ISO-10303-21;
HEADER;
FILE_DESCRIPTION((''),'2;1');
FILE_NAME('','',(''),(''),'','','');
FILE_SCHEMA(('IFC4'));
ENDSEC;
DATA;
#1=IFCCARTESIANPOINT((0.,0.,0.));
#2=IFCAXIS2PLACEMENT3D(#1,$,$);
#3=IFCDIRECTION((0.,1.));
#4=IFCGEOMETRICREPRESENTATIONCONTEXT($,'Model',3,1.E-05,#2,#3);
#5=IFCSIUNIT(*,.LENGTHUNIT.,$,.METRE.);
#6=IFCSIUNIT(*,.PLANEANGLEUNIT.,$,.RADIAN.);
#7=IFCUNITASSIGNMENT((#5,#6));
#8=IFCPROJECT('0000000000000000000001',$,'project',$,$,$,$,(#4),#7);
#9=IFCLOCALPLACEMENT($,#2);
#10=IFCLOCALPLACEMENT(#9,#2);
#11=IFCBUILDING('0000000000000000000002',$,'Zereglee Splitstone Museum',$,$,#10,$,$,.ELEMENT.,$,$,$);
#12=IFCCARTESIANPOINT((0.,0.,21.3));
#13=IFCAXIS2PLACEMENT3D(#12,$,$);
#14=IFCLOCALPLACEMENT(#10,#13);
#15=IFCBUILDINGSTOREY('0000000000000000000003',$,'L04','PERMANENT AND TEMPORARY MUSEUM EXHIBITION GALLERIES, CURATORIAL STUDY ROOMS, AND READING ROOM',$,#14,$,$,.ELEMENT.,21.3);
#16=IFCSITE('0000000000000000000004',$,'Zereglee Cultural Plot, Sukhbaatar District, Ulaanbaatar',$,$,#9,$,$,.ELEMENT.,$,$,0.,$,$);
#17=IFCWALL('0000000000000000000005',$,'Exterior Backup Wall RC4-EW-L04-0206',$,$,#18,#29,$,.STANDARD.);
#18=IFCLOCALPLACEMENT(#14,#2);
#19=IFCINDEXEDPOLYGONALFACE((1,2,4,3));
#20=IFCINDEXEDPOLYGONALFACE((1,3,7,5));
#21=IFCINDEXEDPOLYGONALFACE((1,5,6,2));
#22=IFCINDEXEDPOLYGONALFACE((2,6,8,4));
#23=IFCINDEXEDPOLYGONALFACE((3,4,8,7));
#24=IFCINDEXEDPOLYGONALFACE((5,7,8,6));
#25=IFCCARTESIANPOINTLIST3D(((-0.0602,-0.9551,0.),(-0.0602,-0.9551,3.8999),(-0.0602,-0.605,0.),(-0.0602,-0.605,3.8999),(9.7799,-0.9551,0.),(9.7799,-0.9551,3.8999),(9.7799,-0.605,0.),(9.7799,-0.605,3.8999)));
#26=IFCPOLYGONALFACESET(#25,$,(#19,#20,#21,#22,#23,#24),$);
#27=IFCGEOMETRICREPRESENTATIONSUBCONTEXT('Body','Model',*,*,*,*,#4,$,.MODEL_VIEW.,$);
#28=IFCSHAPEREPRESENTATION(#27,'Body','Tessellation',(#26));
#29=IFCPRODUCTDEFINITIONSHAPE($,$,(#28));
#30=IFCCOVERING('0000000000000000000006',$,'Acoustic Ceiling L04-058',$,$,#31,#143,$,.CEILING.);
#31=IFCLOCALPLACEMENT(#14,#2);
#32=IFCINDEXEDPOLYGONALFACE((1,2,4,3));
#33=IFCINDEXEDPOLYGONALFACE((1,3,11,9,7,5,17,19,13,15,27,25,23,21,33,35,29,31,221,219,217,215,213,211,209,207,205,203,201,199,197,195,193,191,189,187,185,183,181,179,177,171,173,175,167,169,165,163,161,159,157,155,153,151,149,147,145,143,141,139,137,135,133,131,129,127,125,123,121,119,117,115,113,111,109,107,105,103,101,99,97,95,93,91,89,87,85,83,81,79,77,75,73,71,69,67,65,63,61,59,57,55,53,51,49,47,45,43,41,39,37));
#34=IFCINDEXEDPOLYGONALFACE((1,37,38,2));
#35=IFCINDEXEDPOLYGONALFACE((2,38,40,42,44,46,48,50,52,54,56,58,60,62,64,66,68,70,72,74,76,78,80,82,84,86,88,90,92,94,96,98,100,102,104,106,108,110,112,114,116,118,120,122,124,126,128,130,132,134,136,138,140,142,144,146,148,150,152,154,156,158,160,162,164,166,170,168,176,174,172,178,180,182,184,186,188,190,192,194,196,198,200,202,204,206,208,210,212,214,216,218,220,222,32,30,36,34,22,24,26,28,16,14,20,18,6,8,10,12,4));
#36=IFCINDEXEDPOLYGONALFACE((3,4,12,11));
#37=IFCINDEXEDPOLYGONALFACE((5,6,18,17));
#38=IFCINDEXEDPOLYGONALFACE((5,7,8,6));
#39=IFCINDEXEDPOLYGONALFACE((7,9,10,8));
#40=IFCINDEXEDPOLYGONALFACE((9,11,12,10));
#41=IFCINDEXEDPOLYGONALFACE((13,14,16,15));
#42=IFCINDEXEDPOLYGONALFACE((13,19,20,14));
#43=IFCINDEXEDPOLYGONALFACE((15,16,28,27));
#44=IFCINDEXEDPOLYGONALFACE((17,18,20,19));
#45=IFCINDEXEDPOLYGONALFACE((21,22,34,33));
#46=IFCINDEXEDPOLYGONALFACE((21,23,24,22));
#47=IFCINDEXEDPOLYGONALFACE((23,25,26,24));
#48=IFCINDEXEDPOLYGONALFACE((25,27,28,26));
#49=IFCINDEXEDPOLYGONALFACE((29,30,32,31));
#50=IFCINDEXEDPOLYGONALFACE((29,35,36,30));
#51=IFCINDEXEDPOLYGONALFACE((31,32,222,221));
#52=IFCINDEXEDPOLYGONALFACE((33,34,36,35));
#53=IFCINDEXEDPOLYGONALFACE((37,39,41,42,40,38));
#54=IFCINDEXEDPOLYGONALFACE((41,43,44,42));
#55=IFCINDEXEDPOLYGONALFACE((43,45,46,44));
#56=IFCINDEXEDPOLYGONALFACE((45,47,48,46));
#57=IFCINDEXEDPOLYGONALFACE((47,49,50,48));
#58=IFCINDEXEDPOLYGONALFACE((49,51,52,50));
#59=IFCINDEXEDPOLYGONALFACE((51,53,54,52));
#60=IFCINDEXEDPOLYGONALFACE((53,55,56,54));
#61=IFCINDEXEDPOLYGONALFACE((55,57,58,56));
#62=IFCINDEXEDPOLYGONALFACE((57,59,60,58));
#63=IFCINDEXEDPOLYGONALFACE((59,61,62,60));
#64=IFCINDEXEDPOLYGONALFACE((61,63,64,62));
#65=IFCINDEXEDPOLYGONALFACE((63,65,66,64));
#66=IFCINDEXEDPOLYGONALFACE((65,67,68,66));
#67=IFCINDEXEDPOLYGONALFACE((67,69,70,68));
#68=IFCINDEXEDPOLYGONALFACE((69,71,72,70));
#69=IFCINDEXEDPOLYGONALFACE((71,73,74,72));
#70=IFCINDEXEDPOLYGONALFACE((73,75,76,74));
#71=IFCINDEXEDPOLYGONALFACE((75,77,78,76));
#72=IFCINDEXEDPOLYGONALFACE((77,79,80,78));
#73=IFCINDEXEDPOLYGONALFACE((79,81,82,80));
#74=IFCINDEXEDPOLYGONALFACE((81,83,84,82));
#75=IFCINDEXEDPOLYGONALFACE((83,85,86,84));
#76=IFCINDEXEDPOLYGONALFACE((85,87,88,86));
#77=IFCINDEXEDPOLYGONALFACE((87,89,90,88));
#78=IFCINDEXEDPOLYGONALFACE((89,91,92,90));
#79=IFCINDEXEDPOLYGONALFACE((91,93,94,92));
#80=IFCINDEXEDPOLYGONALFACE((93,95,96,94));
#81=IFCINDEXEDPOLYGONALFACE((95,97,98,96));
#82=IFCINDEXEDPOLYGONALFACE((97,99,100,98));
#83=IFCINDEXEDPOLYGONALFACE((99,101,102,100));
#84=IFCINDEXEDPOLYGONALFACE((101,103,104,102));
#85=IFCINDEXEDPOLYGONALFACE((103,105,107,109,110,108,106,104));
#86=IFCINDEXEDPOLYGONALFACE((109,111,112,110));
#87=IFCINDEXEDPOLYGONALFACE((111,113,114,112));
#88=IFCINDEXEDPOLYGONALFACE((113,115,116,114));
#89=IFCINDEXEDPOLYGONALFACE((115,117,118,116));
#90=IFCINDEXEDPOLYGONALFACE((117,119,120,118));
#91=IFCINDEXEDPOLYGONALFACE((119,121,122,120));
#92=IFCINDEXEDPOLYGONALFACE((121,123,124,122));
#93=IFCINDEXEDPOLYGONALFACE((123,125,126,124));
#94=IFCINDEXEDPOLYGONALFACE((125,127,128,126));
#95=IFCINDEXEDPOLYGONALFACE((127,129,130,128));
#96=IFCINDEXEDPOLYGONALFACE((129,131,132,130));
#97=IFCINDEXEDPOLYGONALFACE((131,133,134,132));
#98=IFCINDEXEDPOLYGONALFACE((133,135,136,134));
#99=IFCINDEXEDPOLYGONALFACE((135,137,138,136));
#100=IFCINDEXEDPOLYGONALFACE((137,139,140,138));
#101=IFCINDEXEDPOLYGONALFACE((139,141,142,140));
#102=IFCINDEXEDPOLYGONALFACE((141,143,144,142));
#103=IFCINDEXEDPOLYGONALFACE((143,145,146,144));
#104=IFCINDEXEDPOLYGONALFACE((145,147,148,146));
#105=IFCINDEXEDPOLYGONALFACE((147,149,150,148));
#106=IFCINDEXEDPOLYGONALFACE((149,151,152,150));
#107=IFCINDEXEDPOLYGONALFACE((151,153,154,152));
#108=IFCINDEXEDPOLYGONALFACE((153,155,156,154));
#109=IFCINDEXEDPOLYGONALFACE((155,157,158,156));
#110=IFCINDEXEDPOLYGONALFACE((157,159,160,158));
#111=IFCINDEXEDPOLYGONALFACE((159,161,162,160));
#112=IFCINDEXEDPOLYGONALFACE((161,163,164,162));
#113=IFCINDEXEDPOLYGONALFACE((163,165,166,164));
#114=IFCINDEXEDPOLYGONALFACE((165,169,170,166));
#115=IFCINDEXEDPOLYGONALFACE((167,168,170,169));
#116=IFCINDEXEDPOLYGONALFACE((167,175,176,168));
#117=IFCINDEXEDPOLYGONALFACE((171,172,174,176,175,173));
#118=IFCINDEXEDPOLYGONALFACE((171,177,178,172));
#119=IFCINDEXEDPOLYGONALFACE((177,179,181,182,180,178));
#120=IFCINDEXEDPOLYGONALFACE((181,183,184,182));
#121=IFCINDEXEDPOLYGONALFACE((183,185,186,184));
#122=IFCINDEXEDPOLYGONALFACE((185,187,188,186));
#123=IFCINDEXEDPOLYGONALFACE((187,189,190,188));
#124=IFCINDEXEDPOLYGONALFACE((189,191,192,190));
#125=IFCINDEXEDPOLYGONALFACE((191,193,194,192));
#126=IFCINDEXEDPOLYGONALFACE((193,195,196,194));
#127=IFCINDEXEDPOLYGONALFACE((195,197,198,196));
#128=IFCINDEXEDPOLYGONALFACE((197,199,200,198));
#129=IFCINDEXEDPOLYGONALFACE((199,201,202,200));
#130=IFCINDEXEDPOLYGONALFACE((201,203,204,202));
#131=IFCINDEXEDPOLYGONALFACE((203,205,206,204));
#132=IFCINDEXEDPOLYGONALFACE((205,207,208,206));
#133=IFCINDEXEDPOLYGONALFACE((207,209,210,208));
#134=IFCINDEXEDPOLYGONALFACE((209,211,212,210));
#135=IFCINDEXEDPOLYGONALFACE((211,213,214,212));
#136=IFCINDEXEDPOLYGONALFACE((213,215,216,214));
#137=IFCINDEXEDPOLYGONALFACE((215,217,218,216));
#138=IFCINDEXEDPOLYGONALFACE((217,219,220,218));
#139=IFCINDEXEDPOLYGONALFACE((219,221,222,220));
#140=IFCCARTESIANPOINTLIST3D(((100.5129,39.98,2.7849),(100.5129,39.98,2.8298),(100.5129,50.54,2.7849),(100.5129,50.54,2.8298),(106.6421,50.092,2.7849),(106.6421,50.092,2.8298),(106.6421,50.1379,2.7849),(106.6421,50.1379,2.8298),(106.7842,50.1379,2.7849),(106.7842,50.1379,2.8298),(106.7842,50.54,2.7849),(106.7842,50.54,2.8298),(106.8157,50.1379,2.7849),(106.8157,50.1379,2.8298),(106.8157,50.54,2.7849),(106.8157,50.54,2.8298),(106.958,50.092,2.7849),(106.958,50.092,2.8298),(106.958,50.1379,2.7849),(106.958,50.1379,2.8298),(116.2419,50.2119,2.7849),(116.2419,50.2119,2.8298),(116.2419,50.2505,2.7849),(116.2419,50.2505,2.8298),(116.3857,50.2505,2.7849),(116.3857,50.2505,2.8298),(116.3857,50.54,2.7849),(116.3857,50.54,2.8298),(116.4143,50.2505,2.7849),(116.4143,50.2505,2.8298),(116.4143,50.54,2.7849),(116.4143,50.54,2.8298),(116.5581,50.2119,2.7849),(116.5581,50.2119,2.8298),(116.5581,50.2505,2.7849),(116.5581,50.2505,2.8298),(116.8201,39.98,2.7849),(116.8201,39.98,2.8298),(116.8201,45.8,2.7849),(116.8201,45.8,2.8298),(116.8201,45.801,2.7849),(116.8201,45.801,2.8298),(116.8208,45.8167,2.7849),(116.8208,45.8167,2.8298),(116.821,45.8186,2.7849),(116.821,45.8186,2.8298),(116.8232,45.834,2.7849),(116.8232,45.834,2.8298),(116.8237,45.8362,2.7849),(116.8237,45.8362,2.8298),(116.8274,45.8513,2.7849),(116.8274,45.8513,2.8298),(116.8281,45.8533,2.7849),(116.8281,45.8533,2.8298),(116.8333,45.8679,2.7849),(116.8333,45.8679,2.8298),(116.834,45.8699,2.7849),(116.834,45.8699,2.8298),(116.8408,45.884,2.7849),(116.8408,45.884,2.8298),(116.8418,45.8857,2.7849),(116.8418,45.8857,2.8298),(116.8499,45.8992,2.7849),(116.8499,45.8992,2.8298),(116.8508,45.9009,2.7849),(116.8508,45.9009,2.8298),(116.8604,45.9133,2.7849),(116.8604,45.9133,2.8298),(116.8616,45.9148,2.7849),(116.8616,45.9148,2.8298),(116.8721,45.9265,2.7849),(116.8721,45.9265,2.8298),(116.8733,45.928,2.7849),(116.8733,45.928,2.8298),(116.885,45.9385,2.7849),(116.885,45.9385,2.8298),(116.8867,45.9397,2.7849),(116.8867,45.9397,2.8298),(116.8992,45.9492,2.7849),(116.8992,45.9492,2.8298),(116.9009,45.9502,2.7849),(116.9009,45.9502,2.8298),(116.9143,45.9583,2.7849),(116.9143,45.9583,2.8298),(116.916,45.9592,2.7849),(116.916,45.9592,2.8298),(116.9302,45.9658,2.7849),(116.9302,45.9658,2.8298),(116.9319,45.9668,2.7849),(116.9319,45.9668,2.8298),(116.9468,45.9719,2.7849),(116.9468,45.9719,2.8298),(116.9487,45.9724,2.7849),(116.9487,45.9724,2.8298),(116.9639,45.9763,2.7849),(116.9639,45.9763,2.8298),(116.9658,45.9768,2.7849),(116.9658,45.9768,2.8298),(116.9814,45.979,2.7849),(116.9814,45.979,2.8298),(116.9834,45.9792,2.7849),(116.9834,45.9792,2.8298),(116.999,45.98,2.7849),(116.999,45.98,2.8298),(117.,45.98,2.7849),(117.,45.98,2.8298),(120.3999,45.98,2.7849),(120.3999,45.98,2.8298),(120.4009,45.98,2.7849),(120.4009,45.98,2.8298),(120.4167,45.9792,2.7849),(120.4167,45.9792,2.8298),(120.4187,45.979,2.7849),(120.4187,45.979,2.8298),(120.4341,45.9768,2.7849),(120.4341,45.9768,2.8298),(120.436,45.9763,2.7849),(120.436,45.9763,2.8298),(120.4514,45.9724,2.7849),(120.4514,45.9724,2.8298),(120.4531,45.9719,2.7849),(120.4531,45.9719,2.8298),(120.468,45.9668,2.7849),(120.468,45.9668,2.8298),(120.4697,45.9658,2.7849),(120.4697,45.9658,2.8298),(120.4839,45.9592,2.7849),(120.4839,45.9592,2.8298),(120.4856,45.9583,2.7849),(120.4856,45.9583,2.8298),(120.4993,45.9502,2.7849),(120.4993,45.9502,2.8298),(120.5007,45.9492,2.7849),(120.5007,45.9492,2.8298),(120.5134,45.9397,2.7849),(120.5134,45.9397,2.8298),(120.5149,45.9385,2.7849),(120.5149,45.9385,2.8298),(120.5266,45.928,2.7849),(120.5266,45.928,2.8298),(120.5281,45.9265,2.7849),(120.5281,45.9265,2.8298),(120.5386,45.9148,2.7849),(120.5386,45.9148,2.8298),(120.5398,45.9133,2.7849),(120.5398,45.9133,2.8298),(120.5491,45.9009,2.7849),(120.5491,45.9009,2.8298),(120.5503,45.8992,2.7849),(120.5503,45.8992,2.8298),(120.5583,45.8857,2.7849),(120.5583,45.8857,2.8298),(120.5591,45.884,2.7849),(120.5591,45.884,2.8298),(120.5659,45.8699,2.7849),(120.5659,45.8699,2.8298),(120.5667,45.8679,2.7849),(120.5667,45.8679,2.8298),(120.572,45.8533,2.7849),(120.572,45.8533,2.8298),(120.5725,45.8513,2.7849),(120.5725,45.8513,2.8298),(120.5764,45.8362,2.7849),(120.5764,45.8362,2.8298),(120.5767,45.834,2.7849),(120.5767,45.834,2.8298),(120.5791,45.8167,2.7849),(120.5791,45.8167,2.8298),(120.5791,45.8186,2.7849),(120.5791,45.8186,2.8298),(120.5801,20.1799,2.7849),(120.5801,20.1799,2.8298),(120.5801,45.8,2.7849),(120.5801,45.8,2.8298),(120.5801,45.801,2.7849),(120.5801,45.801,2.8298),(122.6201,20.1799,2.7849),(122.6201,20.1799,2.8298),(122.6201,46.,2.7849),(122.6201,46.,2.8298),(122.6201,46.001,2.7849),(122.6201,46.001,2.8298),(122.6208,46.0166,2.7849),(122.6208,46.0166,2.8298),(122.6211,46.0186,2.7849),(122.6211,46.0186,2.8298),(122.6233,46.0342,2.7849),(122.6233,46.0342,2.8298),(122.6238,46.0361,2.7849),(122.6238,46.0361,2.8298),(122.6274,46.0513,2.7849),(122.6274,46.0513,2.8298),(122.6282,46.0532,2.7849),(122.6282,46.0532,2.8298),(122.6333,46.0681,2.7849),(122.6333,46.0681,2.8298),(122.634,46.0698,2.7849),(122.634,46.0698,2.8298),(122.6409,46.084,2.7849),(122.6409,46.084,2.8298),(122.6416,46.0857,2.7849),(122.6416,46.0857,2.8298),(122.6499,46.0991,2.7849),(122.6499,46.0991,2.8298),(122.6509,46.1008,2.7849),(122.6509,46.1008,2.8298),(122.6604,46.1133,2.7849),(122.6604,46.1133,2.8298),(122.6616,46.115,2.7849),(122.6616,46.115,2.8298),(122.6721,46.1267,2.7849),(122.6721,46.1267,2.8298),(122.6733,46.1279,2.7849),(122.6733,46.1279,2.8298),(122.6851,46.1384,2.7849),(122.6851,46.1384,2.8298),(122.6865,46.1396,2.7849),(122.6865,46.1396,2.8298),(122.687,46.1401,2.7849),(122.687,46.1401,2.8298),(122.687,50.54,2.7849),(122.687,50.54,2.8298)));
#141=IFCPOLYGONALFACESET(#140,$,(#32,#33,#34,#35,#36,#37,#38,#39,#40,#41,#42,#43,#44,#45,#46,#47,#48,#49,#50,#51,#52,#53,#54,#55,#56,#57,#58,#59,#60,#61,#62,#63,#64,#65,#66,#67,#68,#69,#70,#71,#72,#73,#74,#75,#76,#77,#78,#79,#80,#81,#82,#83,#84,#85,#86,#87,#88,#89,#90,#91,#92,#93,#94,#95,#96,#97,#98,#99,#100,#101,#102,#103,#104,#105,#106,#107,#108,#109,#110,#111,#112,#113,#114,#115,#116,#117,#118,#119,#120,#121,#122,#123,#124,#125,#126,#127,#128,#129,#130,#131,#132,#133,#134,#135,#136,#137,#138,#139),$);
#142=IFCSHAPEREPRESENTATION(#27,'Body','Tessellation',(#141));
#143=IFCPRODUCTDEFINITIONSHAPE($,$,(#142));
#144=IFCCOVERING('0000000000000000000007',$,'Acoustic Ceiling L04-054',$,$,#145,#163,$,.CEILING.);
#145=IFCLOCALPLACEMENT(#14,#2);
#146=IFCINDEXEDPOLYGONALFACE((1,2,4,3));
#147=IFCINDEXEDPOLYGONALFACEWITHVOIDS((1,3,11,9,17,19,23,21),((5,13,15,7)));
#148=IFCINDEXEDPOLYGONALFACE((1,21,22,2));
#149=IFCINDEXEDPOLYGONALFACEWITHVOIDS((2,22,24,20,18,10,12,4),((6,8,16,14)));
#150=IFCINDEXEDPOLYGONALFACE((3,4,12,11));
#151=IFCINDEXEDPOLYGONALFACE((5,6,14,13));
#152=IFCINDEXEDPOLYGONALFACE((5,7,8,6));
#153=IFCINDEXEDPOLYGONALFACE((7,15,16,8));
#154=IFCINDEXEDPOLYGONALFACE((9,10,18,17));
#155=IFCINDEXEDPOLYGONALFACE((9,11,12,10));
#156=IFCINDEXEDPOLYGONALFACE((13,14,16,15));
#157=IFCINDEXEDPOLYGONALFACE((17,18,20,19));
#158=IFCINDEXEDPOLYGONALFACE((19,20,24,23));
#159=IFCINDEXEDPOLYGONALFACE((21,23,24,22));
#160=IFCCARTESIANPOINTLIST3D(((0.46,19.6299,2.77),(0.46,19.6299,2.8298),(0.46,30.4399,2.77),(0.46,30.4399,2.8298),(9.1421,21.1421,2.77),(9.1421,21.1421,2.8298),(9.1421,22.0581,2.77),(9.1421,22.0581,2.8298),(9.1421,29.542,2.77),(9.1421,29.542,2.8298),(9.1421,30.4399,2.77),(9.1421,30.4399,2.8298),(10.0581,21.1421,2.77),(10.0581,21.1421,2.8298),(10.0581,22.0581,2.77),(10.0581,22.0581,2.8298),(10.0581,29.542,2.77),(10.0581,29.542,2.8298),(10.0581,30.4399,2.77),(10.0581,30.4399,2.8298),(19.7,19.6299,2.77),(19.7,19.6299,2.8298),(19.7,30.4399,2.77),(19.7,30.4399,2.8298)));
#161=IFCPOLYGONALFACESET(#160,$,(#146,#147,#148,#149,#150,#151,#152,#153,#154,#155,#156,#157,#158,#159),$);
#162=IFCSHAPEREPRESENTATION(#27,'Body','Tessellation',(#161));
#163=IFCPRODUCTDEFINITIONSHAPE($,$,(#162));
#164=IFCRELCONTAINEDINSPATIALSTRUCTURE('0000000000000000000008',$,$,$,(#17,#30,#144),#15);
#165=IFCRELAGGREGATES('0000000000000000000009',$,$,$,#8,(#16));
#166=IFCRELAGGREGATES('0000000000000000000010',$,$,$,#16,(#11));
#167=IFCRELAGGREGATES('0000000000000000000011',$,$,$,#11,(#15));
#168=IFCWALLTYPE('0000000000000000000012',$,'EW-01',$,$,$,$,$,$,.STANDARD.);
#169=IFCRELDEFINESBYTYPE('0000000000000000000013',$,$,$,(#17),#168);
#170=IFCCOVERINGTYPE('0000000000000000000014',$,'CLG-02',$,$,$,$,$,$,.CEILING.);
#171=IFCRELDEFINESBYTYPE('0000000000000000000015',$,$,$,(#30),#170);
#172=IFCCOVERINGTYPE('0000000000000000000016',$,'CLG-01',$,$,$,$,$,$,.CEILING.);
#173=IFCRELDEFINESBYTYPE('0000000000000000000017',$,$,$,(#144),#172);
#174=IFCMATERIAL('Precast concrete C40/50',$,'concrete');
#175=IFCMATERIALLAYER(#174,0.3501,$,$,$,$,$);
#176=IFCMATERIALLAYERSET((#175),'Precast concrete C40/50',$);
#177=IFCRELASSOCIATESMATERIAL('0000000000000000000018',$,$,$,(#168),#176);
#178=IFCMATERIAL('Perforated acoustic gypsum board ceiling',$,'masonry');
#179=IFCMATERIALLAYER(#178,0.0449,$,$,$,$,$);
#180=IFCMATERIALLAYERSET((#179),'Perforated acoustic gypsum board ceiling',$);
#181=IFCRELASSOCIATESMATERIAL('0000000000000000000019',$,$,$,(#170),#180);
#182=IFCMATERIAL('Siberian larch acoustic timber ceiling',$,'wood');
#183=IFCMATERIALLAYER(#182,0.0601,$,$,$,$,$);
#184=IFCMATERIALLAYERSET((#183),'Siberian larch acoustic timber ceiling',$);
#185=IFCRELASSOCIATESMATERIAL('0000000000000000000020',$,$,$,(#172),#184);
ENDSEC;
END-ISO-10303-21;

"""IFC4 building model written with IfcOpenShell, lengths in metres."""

from ifc_helpers import new_model, si_unit, direction, frame, frame_2d, origin, place, context, subcontext, project, spatial, polyline, rectangle, outline, extrude, material, layer, layer_set, type_object, element, save


model = new_model("IFC4")

# Units and contexts
model_context = context("Model", 3, precision=1e-05, world=origin(), true_north=direction((0.0, 1.0)))
body_context = subcontext(model_context, "Body", "Model", "MODEL_VIEW")
ifc_project = project(units=[si_unit("LENGTHUNIT", "METRE"), si_unit("PLANEANGLEUNIT", "RADIAN")], contexts=[model_context])

# Site, building, storey
site_placement = place(None, origin())
site = spatial("IfcSite", under=ifc_project, at=site_placement, Name="Zereglee Cultural Plot, Sukhbaatar District, Ulaanbaatar", CompositionType="ELEMENT", RefElevation=0.0)
building_placement = place(site_placement, origin())
building = spatial("IfcBuilding", under=site, at=building_placement, Name="Zereglee Splitstone Museum", CompositionType="ELEMENT")
storey_placement = place(building_placement, frame((0.0, 0.0, 21.3)))
storey = spatial("IfcBuildingStorey", under=building, at=storey_placement, Name="L04", Description="PERMANENT AND TEMPORARY MUSEUM EXHIBITION GALLERIES, CURATORIAL STUDY ROOMS, AND READING ROOM", CompositionType="ELEMENT", Elevation=21.3)

# Wall
ifc_material_1 = material(Name="Precast concrete C40/50", Category="concrete")
ifc_layer_1 = layer(ifc_material_1, 0.3501)
ifc_layer_set_1 = layer_set([ifc_layer_1], Name="Precast concrete C40/50")
wall_type = type_object("IfcWallType", Name="EW-01", PredefinedType="STANDARD", material=ifc_layer_set_1)
wall_placement = place(storey_placement, frame((-0.0601, -0.78, 0.0), z_axis=(0.0, 0.0, 1.0), x_axis=(1.0, 0.0, 0.0)))
element("IfcWall", 1, at=wall_placement, inside=storey, type_object=wall_type, Name="Exterior Backup Wall RC4-EW-L04-0206", PredefinedType="STANDARD", context=body_context, shape_type="SweptSolid", body=[
    extrude(rectangle(XDim=9.8401, YDim=0.3501, at=frame_2d((4.9199, 0.0))), origin(), (0.0, 0.0, 1.0), 3.8999),
])

# Coverings
ifc_material_2 = material(Name="Perforated acoustic gypsum board ceiling", Category="masonry")
ifc_layer_2 = layer(ifc_material_2, 0.0449)
ifc_layer_set_2 = layer_set([ifc_layer_2], Name="Perforated acoustic gypsum board ceiling")
covering_type_1 = type_object("IfcCoveringType", Name="CLG-02", PredefinedType="CEILING", material=ifc_layer_set_2)
covering_1_placement = place(storey_placement, frame((0.0, 0.0, 2.7849)))
element("IfcCovering", 2, at=covering_1_placement, inside=storey, type_object=covering_type_1, Name="Acoustic Ceiling L04-058", PredefinedType="CEILING", context=body_context, shape_type="SweptSolid", body=[
    extrude(outline(polyline([(122.6851, 46.1384), (122.6733, 46.1279), (122.6721, 46.1267), (122.6616, 46.115), (122.6604, 46.1133), (122.6509, 46.1008), (122.6499, 46.0991), (122.6416, 46.0857), (122.6409, 46.084), (122.634, 46.0698), (122.6333, 46.0681), (122.6282, 46.0532), (122.6274, 46.0513), (122.6238, 46.0361), (122.6233, 46.0342), (122.6211, 46.0186), (122.6208, 46.0166), (122.6201, 46.001), (122.6201, 46.0), (122.6201, 20.1799), (120.5801, 20.1799), (120.5801, 45.8), (120.5801, 45.801), (120.5791, 45.8167), (120.5791, 45.8186), (120.5767, 45.834), (120.5764, 45.8362), (120.5725, 45.8513), (120.572, 45.8533), (120.5667, 45.8679), (120.5659, 45.8699), (120.5591, 45.884), (120.5583, 45.8857), (120.5503, 45.8992), (120.5491, 45.9009), (120.5398, 45.9133), (120.5386, 45.9148), (120.5281, 45.9265), (120.5266, 45.928), (120.5149, 45.9385), (120.5134, 45.9397), (120.5007, 45.9492), (120.4993, 45.9502), (120.4856, 45.9583), (120.4839, 45.9592), (120.4697, 45.9658), (120.468, 45.9668), (120.4531, 45.9719), (120.4514, 45.9724), (120.436, 45.9763), (120.4341, 45.9768), (120.4187, 45.979), (120.4167, 45.9792), (120.4009, 45.98), (120.3999, 45.98), (117.0, 45.98), (116.999, 45.98), (116.9834, 45.9792), (116.9814, 45.979), (116.9658, 45.9768), (116.9639, 45.9763), (116.9487, 45.9724), (116.9468, 45.9719), (116.9319, 45.9668), (116.9302, 45.9658), (116.916, 45.9592), (116.9143, 45.9583), (116.9009, 45.9502), (116.8992, 45.9492), (116.8867, 45.9397), (116.885, 45.9385), (116.8733, 45.928), (116.8721, 45.9265), (116.8616, 45.9148), (116.8604, 45.9133), (116.8508, 45.9009), (116.8499, 45.8992), (116.8418, 45.8857), (116.8408, 45.884), (116.834, 45.8699), (116.8333, 45.8679), (116.8281, 45.8533), (116.8274, 45.8513), (116.8237, 45.8362), (116.8232, 45.834), (116.821, 45.8186), (116.8208, 45.8167), (116.8201, 45.801), (116.8201, 45.8), (116.8201, 39.98), (100.5129, 39.98), (100.5129, 50.54), (106.7842, 50.54), (106.7842, 50.1379), (106.6421, 50.1379), (106.6421, 50.092), (106.958, 50.092), (106.958, 50.1379), (106.8157, 50.1379), (106.8157, 50.54), (116.3857, 50.54), (116.3857, 50.2505), (116.2419, 50.2505), (116.2419, 50.2119), (116.5581, 50.2119), (116.5581, 50.2505), (116.4143, 50.2505), (116.4143, 50.54), (122.687, 50.54), (122.687, 46.1401), (122.6865, 46.1396), (122.6851, 46.1384)])), origin(), (0.0, 0.0, 1.0), 0.0449),
])
ifc_material_3 = material(Name="Siberian larch acoustic timber ceiling", Category="wood")
ifc_layer_3 = layer(ifc_material_3, 0.0601)
ifc_layer_set_3 = layer_set([ifc_layer_3], Name="Siberian larch acoustic timber ceiling")
covering_type_2 = type_object("IfcCoveringType", Name="CLG-01", PredefinedType="CEILING", material=ifc_layer_set_3)
covering_2_placement = place(storey_placement, frame((0.0, 0.0, 2.77)))
element("IfcCovering", 3, at=covering_2_placement, inside=storey, type_object=covering_type_2, Name="Acoustic Ceiling L04-054", PredefinedType="CEILING", context=body_context, shape_type="SweptSolid", body=[
    extrude(outline(polyline([(0.46, 30.4399), (9.1421, 30.4399), (9.1421, 29.542), (10.0581, 29.542), (10.0581, 30.4399), (19.7, 30.4399), (19.7, 19.6299), (0.46, 19.6299), (0.46, 30.4399)]), holes=[polyline([(9.1421, 21.1421), (10.0581, 21.1421), (10.0581, 22.0581), (9.1421, 22.0581), (9.1421, 21.1421)])]), origin(), (0.0, 0.0, 1.0), 0.0598),
])

save(model, "model.ifc")
